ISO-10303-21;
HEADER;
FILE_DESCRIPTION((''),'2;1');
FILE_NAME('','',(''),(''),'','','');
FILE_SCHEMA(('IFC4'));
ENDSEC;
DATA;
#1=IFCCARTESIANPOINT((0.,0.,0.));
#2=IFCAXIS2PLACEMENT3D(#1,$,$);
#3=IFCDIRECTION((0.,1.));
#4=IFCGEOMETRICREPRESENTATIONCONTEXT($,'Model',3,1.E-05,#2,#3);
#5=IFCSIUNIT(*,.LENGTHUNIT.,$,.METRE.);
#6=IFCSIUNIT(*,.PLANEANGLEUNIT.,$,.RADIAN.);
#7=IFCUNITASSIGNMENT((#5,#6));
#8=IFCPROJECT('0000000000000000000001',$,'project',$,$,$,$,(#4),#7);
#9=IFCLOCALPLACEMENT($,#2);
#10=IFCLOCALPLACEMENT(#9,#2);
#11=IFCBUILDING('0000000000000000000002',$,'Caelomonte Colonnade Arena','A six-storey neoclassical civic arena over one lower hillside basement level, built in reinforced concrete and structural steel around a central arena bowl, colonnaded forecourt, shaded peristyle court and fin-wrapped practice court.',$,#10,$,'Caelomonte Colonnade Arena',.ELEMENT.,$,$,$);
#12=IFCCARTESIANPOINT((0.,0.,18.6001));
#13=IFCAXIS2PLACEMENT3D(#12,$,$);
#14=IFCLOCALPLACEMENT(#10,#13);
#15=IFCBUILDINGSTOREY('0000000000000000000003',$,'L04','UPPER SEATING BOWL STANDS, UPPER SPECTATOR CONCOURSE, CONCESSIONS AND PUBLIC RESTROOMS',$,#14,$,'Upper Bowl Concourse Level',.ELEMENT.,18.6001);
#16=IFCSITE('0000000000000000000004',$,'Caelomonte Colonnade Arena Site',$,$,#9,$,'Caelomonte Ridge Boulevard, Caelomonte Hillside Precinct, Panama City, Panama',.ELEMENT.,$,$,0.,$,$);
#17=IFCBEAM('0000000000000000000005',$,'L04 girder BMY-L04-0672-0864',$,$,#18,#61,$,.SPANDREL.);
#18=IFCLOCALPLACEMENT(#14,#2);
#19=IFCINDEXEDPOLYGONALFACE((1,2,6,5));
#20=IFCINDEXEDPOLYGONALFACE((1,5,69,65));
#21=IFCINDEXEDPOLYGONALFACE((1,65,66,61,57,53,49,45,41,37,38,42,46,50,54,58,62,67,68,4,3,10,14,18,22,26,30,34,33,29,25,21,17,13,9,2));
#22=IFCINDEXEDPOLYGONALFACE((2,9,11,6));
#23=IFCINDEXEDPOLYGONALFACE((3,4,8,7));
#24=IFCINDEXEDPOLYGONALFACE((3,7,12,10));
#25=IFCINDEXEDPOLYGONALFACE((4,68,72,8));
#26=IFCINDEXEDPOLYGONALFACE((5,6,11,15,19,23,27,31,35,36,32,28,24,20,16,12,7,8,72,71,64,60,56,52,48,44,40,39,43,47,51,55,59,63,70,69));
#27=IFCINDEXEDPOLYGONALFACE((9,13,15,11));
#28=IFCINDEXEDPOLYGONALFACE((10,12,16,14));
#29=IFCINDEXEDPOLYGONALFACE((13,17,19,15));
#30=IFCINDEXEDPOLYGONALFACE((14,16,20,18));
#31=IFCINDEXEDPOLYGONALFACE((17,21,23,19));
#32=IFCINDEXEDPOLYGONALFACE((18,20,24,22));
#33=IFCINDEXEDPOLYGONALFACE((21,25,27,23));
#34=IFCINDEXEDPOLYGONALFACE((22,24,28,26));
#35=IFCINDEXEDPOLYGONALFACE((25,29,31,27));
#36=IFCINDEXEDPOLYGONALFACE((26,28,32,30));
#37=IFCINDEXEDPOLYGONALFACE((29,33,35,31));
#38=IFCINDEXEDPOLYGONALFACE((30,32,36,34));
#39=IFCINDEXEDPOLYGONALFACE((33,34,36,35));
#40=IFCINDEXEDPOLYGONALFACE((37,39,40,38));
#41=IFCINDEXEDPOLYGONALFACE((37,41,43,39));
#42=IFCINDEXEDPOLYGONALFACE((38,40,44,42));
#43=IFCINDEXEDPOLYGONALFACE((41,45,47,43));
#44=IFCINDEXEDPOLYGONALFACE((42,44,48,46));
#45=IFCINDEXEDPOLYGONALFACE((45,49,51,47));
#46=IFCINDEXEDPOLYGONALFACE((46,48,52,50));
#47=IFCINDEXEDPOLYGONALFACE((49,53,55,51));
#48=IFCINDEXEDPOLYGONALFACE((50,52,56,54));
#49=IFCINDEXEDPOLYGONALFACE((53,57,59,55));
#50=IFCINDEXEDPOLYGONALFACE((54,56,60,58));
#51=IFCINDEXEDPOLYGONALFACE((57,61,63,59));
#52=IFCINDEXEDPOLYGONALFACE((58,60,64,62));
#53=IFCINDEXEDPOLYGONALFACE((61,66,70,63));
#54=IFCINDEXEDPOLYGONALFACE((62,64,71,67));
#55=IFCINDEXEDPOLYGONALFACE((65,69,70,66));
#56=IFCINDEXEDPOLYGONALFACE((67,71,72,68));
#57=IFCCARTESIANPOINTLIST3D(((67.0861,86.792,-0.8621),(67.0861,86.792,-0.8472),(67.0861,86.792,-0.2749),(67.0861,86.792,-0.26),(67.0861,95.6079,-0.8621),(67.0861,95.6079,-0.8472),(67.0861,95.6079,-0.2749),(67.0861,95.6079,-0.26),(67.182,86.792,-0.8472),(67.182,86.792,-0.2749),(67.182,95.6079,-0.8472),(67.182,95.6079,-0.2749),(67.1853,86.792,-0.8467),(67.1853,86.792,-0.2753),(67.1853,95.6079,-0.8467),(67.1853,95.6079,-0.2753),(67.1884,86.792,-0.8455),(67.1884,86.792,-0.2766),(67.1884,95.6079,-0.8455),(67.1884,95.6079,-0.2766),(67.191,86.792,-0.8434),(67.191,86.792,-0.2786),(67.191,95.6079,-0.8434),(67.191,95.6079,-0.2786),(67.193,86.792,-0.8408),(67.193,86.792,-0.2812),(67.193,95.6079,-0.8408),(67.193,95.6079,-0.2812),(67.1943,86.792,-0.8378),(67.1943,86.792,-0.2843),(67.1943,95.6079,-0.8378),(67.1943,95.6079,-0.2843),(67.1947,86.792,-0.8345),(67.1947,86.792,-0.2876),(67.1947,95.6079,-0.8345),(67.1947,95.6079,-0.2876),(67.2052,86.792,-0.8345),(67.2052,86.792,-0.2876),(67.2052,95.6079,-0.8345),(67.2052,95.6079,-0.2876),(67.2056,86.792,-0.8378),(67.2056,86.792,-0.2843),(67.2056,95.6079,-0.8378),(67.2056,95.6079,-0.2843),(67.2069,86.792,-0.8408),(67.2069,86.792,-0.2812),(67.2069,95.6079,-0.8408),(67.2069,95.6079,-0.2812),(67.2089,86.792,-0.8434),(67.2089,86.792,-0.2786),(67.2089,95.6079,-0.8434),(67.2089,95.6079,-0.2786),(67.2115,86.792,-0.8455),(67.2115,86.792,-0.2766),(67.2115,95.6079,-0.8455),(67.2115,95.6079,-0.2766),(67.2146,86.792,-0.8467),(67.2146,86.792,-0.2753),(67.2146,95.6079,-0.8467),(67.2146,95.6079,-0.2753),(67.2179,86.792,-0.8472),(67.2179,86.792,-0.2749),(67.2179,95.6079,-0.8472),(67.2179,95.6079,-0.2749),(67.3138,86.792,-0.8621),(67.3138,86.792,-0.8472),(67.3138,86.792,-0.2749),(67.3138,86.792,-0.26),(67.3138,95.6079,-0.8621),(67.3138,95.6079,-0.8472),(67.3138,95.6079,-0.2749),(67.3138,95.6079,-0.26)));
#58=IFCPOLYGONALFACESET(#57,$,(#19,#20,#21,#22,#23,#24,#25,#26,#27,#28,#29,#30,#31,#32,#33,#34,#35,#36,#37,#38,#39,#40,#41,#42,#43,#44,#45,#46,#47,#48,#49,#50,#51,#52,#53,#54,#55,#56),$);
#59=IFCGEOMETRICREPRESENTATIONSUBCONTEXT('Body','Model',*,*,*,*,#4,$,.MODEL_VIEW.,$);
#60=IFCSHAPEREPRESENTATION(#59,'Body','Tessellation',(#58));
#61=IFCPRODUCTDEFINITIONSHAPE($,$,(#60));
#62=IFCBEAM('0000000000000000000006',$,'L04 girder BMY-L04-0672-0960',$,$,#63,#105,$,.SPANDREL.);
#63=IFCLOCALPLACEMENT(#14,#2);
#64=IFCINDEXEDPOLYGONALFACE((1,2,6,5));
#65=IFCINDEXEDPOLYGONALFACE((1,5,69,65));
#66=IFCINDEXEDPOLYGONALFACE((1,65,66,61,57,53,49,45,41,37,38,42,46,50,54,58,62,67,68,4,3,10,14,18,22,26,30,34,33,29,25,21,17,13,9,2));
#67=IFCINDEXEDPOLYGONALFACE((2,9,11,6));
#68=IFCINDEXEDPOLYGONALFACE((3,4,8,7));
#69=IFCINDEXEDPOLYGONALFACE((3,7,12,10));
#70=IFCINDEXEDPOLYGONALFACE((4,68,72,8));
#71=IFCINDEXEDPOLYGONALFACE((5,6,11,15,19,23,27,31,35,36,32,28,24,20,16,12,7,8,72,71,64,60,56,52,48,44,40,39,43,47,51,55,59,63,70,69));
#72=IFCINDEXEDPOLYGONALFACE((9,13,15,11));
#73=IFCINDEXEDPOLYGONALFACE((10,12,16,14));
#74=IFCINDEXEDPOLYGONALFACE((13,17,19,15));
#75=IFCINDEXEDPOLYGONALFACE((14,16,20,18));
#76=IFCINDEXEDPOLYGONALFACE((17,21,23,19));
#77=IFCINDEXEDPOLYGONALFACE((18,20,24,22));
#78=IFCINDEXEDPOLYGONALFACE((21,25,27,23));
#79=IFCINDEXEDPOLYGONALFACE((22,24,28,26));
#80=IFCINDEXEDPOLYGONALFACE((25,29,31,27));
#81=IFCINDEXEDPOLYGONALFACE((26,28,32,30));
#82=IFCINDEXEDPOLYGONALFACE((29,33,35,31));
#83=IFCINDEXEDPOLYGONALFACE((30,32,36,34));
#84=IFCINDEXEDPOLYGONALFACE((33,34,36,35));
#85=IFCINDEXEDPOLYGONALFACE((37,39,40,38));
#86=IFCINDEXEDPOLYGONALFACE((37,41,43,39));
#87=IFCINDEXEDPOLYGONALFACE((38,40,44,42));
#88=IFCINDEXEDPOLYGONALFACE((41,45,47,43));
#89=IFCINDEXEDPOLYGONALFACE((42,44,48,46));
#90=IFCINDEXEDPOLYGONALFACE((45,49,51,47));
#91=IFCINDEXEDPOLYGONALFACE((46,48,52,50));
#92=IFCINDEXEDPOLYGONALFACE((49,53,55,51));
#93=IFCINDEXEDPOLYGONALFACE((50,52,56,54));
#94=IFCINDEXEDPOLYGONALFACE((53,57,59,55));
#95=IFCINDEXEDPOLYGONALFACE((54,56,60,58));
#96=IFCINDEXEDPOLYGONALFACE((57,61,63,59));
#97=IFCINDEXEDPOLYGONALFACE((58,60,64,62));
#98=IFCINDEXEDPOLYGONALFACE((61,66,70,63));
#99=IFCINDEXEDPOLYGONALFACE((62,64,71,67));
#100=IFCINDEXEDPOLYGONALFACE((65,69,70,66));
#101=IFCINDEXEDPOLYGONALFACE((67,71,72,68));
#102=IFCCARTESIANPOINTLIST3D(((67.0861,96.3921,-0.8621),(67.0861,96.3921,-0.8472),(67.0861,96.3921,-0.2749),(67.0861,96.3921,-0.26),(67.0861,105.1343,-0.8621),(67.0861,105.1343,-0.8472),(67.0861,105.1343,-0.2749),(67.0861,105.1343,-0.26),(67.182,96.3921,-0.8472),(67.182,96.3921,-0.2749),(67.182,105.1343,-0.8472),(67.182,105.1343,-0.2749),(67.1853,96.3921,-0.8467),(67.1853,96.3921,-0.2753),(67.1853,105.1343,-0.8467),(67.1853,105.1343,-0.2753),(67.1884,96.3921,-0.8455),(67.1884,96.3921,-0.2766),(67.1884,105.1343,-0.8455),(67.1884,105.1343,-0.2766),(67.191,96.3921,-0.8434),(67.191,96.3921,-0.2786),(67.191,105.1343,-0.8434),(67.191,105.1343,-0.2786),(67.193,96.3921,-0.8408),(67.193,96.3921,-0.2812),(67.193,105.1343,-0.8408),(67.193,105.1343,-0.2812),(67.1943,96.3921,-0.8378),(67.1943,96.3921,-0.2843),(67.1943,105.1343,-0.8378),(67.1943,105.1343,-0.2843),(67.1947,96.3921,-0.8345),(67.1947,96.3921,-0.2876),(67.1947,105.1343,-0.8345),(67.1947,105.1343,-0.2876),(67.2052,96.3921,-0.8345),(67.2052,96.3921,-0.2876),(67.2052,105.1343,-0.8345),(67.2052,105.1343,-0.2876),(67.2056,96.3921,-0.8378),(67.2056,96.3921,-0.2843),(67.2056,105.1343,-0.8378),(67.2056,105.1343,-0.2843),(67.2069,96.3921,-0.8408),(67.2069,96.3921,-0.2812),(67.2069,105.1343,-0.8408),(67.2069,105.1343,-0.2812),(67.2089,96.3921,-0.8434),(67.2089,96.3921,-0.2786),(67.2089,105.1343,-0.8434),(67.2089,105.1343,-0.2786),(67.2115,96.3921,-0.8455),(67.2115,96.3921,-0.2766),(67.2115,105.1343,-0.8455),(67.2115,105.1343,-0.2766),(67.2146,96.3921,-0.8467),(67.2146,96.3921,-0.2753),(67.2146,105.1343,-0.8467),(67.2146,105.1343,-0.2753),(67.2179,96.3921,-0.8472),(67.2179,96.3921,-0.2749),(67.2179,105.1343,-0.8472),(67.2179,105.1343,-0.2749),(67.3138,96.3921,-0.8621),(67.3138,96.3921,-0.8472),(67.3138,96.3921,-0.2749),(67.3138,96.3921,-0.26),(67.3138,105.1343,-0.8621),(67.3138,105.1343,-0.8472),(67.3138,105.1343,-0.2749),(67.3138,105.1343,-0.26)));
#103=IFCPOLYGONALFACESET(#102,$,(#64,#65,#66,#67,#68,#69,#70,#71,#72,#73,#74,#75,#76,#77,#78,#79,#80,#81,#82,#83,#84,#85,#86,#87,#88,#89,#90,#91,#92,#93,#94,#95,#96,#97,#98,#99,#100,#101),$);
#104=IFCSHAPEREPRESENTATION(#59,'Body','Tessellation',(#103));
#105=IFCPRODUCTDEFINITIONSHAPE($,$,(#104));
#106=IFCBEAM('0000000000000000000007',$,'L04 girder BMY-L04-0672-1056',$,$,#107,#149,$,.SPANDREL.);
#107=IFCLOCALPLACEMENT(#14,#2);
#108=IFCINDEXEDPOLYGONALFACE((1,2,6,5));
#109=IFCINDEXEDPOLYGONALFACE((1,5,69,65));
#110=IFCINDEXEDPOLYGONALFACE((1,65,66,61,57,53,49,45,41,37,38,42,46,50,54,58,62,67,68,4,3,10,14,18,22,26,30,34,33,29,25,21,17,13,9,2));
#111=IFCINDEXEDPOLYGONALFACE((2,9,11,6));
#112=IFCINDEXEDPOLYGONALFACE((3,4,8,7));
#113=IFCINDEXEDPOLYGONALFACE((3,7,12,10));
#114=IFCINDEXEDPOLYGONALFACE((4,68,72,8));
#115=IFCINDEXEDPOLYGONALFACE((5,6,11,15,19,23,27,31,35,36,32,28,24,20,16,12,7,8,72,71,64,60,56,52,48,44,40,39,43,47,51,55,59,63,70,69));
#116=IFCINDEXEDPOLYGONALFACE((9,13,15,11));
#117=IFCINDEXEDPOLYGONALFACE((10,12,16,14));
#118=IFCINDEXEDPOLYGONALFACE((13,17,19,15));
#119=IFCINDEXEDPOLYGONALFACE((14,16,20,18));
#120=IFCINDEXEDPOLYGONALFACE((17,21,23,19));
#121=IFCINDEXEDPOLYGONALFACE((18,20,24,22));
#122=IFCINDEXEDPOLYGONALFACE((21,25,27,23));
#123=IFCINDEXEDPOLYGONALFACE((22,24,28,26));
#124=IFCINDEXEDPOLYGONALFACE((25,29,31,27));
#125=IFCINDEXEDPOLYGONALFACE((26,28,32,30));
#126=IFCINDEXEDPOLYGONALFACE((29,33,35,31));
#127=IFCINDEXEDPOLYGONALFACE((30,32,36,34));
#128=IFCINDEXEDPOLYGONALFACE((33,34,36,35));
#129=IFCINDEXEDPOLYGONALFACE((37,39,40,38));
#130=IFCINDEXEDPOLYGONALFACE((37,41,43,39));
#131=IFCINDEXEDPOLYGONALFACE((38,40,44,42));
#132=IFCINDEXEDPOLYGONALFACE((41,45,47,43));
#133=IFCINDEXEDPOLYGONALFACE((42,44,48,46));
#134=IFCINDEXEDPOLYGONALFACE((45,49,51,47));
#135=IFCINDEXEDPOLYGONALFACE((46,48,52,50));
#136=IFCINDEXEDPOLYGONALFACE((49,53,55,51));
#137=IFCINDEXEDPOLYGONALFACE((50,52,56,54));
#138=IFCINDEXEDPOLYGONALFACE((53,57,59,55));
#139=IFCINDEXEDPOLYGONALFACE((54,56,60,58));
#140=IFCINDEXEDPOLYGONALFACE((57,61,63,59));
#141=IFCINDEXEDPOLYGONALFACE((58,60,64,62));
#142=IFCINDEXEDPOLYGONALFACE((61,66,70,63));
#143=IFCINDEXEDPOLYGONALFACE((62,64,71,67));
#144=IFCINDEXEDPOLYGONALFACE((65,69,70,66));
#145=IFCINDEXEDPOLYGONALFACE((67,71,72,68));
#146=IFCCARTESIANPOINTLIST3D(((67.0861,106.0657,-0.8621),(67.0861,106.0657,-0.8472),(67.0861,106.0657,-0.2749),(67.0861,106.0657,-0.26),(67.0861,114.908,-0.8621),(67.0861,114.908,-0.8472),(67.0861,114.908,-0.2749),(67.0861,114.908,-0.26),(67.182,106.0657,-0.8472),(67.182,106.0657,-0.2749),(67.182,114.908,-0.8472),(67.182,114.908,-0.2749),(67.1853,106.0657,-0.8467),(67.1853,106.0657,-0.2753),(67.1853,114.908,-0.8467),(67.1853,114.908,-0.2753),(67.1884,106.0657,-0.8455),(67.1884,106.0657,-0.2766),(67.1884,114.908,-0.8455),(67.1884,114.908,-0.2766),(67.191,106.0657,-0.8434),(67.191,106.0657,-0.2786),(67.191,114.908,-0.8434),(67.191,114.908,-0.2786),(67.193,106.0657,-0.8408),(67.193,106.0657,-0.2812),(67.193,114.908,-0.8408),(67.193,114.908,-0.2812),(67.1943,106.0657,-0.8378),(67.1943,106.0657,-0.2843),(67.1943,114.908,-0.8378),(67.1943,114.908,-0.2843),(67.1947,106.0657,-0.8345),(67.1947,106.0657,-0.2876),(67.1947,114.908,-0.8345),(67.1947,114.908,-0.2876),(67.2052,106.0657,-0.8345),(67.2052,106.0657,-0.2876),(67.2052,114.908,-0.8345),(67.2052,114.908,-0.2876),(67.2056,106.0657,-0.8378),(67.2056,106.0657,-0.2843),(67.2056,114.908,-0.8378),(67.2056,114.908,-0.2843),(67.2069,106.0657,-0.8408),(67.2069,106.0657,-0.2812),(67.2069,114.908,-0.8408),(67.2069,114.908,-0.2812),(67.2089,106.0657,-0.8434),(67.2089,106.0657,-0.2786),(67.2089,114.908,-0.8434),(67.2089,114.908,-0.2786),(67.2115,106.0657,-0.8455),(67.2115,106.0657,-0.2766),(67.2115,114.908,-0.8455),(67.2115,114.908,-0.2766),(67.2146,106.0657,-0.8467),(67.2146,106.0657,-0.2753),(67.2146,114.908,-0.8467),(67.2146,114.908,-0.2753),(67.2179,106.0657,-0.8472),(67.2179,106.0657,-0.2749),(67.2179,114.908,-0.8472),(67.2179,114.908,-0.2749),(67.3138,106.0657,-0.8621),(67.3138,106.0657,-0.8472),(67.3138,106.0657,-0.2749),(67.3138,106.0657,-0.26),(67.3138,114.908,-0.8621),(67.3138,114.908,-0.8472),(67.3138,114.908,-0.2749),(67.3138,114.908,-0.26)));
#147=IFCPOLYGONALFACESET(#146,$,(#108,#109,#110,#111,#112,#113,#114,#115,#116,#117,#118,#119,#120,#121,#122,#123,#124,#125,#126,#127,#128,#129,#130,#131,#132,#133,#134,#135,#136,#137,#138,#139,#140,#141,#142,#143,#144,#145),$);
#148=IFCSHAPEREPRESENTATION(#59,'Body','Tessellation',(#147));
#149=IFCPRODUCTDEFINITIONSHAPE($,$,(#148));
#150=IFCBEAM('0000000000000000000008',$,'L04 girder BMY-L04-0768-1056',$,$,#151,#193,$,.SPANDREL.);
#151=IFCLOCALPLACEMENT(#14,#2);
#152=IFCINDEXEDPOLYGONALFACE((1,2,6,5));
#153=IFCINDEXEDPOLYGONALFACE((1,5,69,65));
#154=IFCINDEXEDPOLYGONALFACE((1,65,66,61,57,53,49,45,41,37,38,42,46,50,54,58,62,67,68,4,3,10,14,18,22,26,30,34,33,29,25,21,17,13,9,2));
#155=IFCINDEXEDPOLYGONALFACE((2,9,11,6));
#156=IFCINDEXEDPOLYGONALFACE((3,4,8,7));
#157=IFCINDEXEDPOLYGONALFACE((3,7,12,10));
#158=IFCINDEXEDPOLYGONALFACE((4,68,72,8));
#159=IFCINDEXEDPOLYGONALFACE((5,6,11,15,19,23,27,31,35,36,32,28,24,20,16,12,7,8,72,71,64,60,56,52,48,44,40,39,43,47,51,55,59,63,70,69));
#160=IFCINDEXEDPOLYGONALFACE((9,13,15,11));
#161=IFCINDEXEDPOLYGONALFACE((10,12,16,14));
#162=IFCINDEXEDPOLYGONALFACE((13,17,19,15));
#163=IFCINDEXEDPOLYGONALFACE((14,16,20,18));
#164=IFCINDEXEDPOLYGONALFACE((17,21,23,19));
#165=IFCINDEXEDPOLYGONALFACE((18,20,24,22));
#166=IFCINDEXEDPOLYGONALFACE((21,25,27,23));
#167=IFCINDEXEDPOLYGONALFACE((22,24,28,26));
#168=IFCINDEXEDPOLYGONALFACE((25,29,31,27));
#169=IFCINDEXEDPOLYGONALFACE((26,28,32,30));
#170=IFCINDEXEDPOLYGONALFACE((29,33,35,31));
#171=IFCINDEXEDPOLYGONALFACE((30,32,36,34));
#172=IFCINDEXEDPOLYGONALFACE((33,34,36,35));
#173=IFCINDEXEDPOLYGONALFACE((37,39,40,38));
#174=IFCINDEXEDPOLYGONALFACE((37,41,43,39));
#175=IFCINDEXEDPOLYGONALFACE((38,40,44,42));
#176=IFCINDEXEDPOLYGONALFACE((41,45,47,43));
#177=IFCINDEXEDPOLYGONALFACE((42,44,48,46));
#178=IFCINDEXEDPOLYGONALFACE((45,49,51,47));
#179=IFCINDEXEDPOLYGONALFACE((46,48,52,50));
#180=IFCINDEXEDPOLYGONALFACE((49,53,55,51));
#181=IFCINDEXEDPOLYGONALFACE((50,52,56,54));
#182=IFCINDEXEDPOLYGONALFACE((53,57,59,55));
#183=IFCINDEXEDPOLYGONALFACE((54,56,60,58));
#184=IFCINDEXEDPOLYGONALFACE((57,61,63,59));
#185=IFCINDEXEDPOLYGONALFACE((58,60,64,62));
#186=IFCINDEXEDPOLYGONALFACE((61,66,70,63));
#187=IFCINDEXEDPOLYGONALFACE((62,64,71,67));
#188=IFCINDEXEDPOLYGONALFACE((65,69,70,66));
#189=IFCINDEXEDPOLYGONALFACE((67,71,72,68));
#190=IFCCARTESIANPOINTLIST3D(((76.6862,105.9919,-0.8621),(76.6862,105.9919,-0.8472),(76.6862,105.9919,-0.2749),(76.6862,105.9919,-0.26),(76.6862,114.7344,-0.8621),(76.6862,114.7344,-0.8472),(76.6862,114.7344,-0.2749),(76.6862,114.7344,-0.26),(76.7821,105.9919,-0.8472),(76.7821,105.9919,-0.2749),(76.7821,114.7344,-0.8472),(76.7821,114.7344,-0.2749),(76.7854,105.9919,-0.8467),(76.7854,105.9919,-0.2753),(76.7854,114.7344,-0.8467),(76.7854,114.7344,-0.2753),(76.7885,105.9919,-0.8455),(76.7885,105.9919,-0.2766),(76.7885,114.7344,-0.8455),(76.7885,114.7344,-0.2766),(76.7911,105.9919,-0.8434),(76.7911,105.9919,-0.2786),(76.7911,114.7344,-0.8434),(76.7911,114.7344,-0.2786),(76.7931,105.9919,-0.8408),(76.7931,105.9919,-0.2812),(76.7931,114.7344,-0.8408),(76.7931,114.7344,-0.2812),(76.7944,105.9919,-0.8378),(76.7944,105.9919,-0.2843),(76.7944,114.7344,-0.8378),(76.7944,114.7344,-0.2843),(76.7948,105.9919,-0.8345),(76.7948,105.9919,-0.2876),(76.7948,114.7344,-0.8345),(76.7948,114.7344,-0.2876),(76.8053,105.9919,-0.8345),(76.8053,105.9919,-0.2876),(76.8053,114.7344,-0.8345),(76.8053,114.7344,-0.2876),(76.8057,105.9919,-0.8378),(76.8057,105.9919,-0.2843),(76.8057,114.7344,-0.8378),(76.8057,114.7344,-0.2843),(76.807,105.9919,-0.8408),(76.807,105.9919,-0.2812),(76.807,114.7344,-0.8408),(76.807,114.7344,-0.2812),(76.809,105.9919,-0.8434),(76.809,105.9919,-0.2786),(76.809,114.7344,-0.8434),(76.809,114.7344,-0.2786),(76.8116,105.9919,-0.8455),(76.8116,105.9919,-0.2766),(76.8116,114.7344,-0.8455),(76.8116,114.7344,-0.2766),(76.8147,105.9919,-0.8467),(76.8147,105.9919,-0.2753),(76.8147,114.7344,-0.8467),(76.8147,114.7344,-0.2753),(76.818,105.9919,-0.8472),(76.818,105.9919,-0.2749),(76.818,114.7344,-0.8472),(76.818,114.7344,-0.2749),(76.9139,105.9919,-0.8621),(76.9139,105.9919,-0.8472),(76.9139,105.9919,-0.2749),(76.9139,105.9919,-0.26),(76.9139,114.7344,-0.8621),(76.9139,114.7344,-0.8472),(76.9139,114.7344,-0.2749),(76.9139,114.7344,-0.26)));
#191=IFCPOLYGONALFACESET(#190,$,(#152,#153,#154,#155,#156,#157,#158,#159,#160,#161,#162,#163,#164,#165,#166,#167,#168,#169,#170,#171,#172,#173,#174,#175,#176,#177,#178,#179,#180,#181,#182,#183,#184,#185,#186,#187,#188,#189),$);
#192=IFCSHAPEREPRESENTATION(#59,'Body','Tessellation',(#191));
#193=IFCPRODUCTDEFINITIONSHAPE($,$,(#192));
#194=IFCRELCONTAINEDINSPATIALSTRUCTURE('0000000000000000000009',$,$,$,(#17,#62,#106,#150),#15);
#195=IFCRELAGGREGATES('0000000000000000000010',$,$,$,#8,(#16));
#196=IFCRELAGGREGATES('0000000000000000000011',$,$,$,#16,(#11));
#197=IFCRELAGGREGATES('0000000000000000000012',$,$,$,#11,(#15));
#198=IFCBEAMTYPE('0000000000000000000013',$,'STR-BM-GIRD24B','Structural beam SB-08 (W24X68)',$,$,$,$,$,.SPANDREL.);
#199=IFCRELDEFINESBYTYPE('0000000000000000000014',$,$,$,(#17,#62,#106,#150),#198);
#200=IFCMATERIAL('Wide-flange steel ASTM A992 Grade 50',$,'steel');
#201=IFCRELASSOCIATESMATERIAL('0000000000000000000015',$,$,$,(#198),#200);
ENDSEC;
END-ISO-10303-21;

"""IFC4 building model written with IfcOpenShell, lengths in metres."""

from ifc_helpers import new_model, si_unit, direction, frame, origin, origin_2d, place, context, subcontext, project, spatial, i_section, extrude, material, material_profile, profile_set, type_object, element, save


model = new_model("IFC4")

# Units and contexts
model_context = context("Model", 3, precision=1e-05, world=origin(), true_north=direction((0.0, 1.0)))
body_context = subcontext(model_context, "Body", "Model", "MODEL_VIEW")
ifc_project = project(units=[si_unit("LENGTHUNIT", "METRE"), si_unit("PLANEANGLEUNIT", "RADIAN")], contexts=[model_context])

# Site, building, storey
site_placement = place(None, origin())
site = spatial("IfcSite", under=ifc_project, at=site_placement, Name="Caelomonte Colonnade Arena Site", LongName="Caelomonte Ridge Boulevard, Caelomonte Hillside Precinct, Panama City, Panama", CompositionType="ELEMENT", RefElevation=0.0)
building_placement = place(site_placement, origin())
building = spatial("IfcBuilding", under=site, at=building_placement, Name="Caelomonte Colonnade Arena", Description="A six-storey neoclassical civic arena over one lower hillside basement level, built in reinforced concrete and structural steel around a central arena bowl, colonnaded forecourt, shaded peristyle court and fin-wrapped practice court.", LongName="Caelomonte Colonnade Arena", CompositionType="ELEMENT")
storey_placement = place(building_placement, frame((0.0, 0.0, 18.6001)))
storey = spatial("IfcBuildingStorey", under=building, at=storey_placement, Name="L04", Description="UPPER SEATING BOWL STANDS, UPPER SPECTATOR CONCOURSE, CONCESSIONS AND PUBLIC RESTROOMS", LongName="Upper Bowl Concourse Level", CompositionType="ELEMENT", Elevation=18.6001)

# Shared definitions
ifc_material_1 = material(Name="Wide-flange steel ASTM A992 Grade 50", Category="steel")

# Beams
ifc_material_profile_1 = material_profile(ifc_material_1, i_section(OverallWidth=0.2278, OverallDepth=0.6021, WebThickness=0.0105, FlangeThickness=0.0149, FilletRadius=0.0127, at=origin_2d()), Name="W24X68")
ifc_profile_set_1 = profile_set([ifc_material_profile_1], Name="Wide-flange steel ASTM A992 Grade 50")
beam_type_1 = type_object("IfcBeamType", Name="STR-BM-GIRD24B", Description="Structural beam SB-08 (W24X68)", PredefinedType="SPANDREL", material=ifc_profile_set_1)
beam_1_placement = place(storey_placement, frame((67.2, 86.792, -0.561), z_axis=(0.0, 1.0, 0.0), x_axis=(-1.0, 0.0, 0.0)))
element("IfcBeam", 1, at=beam_1_placement, inside=storey, type_object=beam_type_1, Name="L04 girder BMY-L04-0672-0864", PredefinedType="SPANDREL", context=body_context, shape_type="SweptSolid", body=[
    extrude(i_section(OverallWidth=0.2278, OverallDepth=0.6021, WebThickness=0.0105, FlangeThickness=0.0149, FilletRadius=0.0127, at=origin_2d()), origin(), (0.0, 0.0, 1.0), 8.8159),
])
beam_2_placement = place(storey_placement, frame((67.2, 96.3921, -0.561), z_axis=(0.0, 1.0, 0.0), x_axis=(-1.0, 0.0, 0.0)))
element("IfcBeam", 2, at=beam_2_placement, inside=storey, type_object=beam_type_1, Name="L04 girder BMY-L04-0672-0960", PredefinedType="SPANDREL", context=body_context, shape_type="SweptSolid", body=[
    extrude(i_section(OverallWidth=0.2278, OverallDepth=0.6021, WebThickness=0.0105, FlangeThickness=0.0149, FilletRadius=0.0127, at=origin_2d()), origin(), (0.0, 0.0, 1.0), 8.7422),
])
beam_3_placement = place(storey_placement, frame((67.2, 106.0657, -0.561), z_axis=(0.0, 1.0, 0.0), x_axis=(-1.0, 0.0, 0.0)))
element("IfcBeam", 3, at=beam_3_placement, inside=storey, type_object=beam_type_1, Name="L04 girder BMY-L04-0672-1056", PredefinedType="SPANDREL", context=body_context, shape_type="SweptSolid", body=[
    extrude(i_section(OverallWidth=0.2278, OverallDepth=0.6021, WebThickness=0.0105, FlangeThickness=0.0149, FilletRadius=0.0127, at=origin_2d()), origin(), (0.0, 0.0, 1.0), 8.8423),
])
beam_4_placement = place(storey_placement, frame((76.8, 105.9919, -0.561), z_axis=(0.0, 1.0, 0.0), x_axis=(-1.0, 0.0, 0.0)))
element("IfcBeam", 4, at=beam_4_placement, inside=storey, type_object=beam_type_1, Name="L04 girder BMY-L04-0768-1056", PredefinedType="SPANDREL", context=body_context, shape_type="SweptSolid", body=[
    extrude(i_section(OverallWidth=0.2278, OverallDepth=0.6021, WebThickness=0.0105, FlangeThickness=0.0149, FilletRadius=0.0127, at=origin_2d()), origin(), (0.0, 0.0, 1.0), 8.7424),
])

save(model, "model.ifc")
